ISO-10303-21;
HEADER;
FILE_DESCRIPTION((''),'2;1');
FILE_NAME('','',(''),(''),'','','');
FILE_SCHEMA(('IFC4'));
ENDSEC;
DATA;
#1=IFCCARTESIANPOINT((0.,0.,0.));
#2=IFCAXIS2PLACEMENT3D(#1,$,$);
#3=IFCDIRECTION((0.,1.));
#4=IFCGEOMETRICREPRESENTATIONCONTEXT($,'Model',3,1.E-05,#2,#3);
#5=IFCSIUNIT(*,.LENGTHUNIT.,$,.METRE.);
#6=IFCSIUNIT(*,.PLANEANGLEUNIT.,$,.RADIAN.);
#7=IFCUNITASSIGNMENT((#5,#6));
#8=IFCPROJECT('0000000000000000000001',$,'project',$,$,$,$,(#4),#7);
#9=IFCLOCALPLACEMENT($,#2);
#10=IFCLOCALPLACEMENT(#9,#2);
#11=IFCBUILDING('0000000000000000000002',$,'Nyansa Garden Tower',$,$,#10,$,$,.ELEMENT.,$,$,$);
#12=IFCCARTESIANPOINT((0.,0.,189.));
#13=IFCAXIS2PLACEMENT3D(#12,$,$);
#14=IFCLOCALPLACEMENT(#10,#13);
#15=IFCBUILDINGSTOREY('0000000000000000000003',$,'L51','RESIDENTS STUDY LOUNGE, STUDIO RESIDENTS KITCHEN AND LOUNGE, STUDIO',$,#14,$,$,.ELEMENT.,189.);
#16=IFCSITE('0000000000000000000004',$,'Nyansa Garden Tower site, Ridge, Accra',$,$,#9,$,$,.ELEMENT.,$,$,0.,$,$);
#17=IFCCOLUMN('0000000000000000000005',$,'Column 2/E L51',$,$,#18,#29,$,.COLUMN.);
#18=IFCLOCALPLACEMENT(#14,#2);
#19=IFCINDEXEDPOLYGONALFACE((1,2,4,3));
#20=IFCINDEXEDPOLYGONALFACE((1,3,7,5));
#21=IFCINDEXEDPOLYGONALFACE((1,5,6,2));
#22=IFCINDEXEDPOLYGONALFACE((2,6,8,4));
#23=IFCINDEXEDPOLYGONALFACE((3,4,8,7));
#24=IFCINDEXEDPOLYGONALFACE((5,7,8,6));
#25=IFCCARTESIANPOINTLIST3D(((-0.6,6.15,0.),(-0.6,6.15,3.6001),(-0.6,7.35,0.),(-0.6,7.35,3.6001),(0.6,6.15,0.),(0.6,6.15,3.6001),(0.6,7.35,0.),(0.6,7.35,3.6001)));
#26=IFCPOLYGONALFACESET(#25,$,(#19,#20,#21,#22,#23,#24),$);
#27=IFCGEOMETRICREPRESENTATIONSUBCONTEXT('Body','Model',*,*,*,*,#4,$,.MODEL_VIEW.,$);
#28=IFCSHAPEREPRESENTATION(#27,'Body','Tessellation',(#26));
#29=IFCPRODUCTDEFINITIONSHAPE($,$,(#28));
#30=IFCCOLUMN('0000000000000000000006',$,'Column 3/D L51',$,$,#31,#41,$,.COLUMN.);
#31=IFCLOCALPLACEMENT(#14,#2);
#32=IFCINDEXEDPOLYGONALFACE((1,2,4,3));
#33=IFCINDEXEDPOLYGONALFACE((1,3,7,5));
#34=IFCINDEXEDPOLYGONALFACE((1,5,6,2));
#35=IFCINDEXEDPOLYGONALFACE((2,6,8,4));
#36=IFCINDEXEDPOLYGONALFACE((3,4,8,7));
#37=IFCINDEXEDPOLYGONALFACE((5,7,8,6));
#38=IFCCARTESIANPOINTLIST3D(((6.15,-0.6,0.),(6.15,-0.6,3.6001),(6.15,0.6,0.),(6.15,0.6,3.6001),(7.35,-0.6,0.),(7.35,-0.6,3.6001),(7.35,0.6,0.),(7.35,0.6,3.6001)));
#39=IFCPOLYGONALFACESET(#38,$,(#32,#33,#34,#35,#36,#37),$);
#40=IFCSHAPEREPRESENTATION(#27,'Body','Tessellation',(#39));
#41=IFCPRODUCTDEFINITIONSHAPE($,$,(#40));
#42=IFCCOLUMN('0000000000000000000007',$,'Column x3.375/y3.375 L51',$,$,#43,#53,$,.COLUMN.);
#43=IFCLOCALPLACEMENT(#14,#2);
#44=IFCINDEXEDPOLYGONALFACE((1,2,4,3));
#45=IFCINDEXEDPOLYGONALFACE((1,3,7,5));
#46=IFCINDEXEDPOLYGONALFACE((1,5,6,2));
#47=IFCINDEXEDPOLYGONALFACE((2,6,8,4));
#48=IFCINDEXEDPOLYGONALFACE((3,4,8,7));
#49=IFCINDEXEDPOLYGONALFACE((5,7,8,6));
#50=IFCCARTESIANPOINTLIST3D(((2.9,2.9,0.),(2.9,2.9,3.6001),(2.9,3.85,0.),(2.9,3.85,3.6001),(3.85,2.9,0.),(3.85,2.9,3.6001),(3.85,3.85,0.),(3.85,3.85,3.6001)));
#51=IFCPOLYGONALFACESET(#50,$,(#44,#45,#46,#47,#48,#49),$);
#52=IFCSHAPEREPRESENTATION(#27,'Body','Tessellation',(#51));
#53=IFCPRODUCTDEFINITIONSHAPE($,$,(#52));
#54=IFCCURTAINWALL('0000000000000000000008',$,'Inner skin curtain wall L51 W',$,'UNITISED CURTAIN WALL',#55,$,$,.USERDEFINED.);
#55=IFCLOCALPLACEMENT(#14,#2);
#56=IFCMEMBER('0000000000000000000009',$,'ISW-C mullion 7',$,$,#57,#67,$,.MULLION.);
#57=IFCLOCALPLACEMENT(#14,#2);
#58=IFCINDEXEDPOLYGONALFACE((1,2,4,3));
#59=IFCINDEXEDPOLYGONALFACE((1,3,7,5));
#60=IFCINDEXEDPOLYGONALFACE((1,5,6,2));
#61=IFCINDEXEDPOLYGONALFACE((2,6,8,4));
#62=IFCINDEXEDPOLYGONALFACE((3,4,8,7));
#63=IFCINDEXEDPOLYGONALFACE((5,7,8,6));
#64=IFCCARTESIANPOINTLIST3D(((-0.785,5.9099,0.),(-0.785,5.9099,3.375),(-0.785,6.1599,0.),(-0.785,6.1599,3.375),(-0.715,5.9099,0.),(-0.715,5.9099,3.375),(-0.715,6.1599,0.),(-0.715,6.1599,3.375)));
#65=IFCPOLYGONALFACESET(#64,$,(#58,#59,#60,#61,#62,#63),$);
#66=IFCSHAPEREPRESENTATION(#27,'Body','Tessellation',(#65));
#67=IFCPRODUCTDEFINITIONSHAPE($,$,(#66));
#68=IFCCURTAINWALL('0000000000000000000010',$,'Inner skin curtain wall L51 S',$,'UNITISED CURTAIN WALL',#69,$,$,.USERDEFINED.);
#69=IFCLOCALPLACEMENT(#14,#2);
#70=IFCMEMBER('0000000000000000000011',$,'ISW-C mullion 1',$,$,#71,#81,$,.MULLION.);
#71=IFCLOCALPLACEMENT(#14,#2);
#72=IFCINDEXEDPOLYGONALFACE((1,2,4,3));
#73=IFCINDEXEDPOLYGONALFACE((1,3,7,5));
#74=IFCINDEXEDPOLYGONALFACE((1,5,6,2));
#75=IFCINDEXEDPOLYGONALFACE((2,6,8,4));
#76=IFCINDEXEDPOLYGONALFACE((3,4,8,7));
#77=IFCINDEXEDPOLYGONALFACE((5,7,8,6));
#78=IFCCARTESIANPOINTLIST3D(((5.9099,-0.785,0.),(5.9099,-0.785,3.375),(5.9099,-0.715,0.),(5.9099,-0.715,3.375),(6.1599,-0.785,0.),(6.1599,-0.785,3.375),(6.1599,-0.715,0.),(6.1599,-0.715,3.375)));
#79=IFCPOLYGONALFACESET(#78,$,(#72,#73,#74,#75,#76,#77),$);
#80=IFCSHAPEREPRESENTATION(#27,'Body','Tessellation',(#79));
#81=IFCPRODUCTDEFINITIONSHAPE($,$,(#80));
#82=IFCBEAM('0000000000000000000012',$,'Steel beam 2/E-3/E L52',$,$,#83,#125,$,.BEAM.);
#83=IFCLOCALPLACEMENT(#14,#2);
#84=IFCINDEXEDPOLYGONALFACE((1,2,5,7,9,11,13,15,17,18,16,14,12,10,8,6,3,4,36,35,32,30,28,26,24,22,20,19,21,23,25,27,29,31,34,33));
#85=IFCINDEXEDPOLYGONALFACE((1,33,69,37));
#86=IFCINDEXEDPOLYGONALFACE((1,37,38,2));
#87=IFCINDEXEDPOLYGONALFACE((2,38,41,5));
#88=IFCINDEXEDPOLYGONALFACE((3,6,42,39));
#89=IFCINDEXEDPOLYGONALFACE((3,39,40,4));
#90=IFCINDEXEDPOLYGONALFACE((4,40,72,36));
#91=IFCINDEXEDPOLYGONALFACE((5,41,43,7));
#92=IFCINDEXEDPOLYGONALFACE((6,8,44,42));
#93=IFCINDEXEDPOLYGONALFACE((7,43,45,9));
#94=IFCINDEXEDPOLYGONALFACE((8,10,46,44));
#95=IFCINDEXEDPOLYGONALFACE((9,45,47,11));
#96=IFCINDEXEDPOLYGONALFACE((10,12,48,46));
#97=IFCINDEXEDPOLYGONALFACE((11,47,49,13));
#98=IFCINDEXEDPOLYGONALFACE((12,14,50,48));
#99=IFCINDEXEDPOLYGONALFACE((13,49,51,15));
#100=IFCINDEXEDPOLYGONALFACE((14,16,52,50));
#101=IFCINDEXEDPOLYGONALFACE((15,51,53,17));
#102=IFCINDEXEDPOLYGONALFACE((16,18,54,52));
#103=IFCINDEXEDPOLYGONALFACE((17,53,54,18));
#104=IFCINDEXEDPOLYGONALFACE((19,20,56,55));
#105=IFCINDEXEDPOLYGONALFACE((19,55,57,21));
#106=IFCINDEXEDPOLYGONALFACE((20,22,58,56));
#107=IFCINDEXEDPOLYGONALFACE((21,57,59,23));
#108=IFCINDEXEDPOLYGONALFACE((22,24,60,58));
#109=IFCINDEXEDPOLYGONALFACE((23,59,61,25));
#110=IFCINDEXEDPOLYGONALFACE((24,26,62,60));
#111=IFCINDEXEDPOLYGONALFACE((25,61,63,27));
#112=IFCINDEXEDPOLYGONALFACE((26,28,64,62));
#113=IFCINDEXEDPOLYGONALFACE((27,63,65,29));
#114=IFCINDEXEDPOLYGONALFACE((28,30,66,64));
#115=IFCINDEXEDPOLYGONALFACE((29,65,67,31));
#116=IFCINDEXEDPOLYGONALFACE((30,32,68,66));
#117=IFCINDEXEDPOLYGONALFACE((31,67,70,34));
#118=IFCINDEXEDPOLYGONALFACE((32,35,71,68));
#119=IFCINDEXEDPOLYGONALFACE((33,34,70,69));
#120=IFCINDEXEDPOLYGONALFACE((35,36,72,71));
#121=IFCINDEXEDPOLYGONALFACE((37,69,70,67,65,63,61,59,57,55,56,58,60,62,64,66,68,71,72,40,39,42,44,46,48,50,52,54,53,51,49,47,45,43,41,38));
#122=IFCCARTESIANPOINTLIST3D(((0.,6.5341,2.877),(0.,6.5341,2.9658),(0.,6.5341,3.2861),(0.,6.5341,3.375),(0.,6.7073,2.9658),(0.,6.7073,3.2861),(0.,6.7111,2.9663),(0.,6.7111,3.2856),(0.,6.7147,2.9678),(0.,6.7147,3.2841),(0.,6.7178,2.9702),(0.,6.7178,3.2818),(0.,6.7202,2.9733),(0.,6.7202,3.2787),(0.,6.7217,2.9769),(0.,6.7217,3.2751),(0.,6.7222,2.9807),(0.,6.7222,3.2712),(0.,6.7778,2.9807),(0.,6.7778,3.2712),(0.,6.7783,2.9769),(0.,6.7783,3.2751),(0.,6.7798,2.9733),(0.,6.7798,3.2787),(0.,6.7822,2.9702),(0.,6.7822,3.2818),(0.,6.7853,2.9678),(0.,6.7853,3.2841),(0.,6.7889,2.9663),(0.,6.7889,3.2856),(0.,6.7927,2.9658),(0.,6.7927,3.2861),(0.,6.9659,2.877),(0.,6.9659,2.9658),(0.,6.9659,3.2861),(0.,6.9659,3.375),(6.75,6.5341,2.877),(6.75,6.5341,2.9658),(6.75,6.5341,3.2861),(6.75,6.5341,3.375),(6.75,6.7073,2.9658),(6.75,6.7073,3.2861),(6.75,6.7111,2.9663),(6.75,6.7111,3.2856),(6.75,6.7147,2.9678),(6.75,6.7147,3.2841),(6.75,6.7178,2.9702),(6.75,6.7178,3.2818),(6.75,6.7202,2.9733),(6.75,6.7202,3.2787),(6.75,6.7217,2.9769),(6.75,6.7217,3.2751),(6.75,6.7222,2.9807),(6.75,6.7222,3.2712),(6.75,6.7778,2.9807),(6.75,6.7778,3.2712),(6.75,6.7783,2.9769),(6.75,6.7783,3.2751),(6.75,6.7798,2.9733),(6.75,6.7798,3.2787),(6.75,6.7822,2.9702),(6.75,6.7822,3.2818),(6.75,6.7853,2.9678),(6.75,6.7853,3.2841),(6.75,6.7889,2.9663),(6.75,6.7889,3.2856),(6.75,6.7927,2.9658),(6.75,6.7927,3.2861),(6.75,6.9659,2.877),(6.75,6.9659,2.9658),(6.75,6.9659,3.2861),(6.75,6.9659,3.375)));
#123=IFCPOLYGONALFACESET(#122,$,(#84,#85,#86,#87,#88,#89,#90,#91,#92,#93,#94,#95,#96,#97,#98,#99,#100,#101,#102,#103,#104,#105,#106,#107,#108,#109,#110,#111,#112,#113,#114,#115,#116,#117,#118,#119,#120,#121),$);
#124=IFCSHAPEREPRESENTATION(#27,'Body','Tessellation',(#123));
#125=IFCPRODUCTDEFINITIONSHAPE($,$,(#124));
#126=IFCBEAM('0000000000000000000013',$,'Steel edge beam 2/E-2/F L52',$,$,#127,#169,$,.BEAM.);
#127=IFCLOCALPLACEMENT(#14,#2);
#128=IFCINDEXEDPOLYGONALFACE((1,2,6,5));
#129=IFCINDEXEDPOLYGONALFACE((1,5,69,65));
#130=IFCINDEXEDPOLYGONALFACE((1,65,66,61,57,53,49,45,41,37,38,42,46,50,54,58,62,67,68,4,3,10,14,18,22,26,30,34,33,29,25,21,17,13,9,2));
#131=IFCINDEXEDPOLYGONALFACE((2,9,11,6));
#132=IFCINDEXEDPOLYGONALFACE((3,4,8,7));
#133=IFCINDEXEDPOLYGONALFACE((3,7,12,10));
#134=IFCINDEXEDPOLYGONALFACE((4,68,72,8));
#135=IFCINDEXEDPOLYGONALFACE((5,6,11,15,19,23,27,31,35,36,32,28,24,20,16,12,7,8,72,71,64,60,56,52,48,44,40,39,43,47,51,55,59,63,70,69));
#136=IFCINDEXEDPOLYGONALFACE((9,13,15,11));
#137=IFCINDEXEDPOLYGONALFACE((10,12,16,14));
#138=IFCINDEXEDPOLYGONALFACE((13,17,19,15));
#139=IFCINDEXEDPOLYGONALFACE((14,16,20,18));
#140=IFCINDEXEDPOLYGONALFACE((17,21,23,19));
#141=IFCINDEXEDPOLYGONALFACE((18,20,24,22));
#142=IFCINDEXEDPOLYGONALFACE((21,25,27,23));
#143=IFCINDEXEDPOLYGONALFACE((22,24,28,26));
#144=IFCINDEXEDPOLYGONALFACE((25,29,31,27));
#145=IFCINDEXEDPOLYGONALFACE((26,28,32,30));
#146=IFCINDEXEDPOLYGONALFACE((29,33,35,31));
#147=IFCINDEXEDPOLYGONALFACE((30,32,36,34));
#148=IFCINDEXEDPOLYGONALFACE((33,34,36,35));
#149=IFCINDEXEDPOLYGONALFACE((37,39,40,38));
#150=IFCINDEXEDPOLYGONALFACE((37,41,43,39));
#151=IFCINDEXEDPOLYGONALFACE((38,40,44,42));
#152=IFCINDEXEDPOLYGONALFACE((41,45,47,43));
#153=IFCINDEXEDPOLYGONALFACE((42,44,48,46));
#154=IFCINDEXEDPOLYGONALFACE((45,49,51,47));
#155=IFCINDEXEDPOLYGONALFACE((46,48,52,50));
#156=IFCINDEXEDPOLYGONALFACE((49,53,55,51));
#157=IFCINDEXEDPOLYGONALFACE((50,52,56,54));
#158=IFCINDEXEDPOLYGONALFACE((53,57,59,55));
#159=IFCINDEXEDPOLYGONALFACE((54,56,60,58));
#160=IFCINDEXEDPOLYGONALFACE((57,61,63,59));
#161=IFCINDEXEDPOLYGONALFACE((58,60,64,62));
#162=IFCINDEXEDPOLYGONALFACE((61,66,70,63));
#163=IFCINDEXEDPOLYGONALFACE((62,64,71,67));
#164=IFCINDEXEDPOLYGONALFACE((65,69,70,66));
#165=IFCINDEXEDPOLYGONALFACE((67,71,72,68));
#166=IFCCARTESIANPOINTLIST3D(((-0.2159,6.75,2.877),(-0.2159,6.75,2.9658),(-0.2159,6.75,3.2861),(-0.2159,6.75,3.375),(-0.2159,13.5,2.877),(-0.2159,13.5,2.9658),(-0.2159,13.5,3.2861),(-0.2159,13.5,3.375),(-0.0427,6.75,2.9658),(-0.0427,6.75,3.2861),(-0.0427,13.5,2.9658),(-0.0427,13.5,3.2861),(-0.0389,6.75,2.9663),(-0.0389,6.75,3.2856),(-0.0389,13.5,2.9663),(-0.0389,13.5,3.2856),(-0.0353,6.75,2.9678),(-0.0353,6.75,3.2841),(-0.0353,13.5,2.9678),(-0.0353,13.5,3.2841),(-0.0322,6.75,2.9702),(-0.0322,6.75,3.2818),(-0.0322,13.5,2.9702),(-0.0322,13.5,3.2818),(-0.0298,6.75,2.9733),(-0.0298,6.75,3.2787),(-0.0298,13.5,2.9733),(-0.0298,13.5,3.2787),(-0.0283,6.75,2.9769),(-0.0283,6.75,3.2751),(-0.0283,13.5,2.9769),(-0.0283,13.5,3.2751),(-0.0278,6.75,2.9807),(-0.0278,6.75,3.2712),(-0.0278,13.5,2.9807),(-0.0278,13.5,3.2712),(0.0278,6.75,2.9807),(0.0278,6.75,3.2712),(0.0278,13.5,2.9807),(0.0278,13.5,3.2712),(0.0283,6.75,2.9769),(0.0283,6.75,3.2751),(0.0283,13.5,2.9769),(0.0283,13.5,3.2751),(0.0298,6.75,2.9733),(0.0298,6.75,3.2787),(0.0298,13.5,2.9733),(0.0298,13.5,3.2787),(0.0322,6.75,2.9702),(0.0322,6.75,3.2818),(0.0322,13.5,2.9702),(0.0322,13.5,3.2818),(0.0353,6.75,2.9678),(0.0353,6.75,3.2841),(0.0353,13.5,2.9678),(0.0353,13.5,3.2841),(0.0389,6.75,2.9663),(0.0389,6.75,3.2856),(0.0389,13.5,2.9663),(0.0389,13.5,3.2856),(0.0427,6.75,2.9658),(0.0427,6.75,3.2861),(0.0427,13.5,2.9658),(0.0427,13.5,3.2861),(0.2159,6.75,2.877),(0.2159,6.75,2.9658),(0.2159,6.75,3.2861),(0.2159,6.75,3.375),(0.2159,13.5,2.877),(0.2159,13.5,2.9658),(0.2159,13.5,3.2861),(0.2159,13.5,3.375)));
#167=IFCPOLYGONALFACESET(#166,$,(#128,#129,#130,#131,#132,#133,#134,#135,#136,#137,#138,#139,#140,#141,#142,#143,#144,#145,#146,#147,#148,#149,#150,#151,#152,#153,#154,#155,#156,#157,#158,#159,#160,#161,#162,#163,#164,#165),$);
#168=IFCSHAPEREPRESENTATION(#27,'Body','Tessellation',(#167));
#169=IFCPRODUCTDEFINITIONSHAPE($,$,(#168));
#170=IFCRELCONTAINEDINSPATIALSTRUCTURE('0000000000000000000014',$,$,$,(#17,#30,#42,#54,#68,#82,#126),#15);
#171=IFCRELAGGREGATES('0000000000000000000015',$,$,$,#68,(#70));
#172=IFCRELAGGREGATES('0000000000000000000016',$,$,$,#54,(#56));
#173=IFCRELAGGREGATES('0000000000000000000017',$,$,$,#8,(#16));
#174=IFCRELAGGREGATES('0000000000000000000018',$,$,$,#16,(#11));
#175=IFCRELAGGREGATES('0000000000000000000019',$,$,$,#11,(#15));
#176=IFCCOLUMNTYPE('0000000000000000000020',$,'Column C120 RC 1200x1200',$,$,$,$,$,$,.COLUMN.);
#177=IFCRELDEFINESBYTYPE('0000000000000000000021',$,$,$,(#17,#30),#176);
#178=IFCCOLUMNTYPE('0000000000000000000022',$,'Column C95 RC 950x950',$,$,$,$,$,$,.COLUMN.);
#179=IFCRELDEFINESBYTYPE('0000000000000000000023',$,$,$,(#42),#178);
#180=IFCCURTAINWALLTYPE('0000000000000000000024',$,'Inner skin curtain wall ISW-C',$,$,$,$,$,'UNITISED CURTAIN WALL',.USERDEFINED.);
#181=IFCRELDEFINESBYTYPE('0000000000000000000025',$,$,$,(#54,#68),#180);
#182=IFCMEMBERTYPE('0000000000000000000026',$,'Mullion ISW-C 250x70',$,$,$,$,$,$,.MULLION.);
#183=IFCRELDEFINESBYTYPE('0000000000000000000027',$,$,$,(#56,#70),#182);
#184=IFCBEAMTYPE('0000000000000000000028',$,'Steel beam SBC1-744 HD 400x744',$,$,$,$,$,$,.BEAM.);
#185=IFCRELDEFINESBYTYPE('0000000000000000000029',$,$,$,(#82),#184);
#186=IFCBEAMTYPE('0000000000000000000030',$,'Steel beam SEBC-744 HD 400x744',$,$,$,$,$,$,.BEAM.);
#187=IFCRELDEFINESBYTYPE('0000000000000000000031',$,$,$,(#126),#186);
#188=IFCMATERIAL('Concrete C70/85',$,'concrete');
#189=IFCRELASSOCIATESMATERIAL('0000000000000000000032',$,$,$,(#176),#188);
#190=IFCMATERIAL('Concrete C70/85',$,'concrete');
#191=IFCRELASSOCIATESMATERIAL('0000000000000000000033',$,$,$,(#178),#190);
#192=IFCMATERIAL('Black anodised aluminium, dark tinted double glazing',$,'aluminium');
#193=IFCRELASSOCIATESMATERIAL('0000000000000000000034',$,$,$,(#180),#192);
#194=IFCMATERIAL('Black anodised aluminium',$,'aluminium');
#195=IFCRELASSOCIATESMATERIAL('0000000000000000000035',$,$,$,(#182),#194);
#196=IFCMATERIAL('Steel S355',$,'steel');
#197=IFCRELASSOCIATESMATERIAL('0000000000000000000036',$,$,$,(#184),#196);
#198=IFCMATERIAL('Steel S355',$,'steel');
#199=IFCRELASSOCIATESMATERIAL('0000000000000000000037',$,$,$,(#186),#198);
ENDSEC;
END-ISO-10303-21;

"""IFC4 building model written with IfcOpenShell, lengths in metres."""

from ifc_helpers import new_model, si_unit, direction, frame, origin, origin_2d, place, context, subcontext, project, spatial, rectangle, i_section, extrude, material, material_profile, profile_set, type_object, element, aggregate, save


model = new_model("IFC4")

# Units and contexts
model_context = context("Model", 3, precision=1e-05, world=origin(), true_north=direction((0.0, 1.0)))
body_context = subcontext(model_context, "Body", "Model", "MODEL_VIEW")
ifc_project = project(units=[si_unit("LENGTHUNIT", "METRE"), si_unit("PLANEANGLEUNIT", "RADIAN")], contexts=[model_context])

# Site, building, storey
site_placement = place(None, origin())
site = spatial("IfcSite", under=ifc_project, at=site_placement, Name="Nyansa Garden Tower site, Ridge, Accra", CompositionType="ELEMENT", RefElevation=0.0)
building_placement = place(site_placement, origin())
building = spatial("IfcBuilding", under=site, at=building_placement, Name="Nyansa Garden Tower", CompositionType="ELEMENT")
storey_placement = place(building_placement, frame((0.0, 0.0, 189.0)))
storey = spatial("IfcBuildingStorey", under=building, at=storey_placement, Name="L51", Description="RESIDENTS STUDY LOUNGE, STUDIO RESIDENTS KITCHEN AND LOUNGE, STUDIO", CompositionType="ELEMENT", Elevation=189.0)

# Columns
ifc_material_1 = material(Name="Concrete C70/85", Category="concrete")
ifc_material_profile_1 = material_profile(ifc_material_1, rectangle(XDim=1.2, YDim=1.2, at=origin_2d()), Name="RC 1200x1200")
ifc_profile_set_1 = profile_set([ifc_material_profile_1], Name="Concrete C70/85")
column_type_1 = type_object("IfcColumnType", Name="Column C120 RC 1200x1200", PredefinedType="COLUMN", material=ifc_profile_set_1)
for number, where, z_axis, x_axis, name in (
    (1, (0.0, 6.75, 0.0), (0.0, 0.0, 1.0), (1.0, 0.0, 0.0), "Column 2/E L51"),
    (2, (6.75, 0.0, 0.0), (0.0, 0.0, 1.0), (1.0, 0.0, 0.0), "Column 3/D L51"),
):
    element("IfcColumn", number, at=place(storey_placement, frame(where, z_axis=z_axis, x_axis=x_axis)), inside=storey, type_object=column_type_1, Name=name, PredefinedType="COLUMN", context=body_context, shape_type="SweptSolid", body=[
        extrude(rectangle(XDim=1.2, YDim=1.2, at=origin_2d()), origin(), (0.0, 0.0, 1.0), 3.6001),
    ])
ifc_material_2 = material(Name="Concrete C70/85", Category="concrete")
ifc_material_profile_2 = material_profile(ifc_material_2, rectangle(XDim=0.95, YDim=0.95, at=origin_2d()), Name="RC 950x950")
ifc_profile_set_2 = profile_set([ifc_material_profile_2], Name="Concrete C70/85")
column_type_2 = type_object("IfcColumnType", Name="Column C95 RC 950x950", PredefinedType="COLUMN", material=ifc_profile_set_2)
column_placement = place(storey_placement, frame((3.375, 3.375, 0.0), z_axis=(0.0, 0.0, 1.0), x_axis=(1.0, 0.0, 0.0)))
element("IfcColumn", 3, at=column_placement, inside=storey, type_object=column_type_2, Name="Column x3.375/y3.375 L51", PredefinedType="COLUMN", context=body_context, shape_type="SweptSolid", body=[
    extrude(rectangle(XDim=0.95, YDim=0.95, at=origin_2d()), origin(), (0.0, 0.0, 1.0), 3.6001),
])

# Curtain walls, members
ifc_material_3 = material(Name="Black anodised aluminium, dark tinted double glazing", Category="aluminium")
curtain_wall_type = type_object("IfcCurtainWallType", Name="Inner skin curtain wall ISW-C", ElementType="UNITISED CURTAIN WALL", PredefinedType="USERDEFINED", material=ifc_material_3)
curtain_wall_1_placement = place(storey_placement, origin())
curtain_wall_1 = element("IfcCurtainWall", 4, at=curtain_wall_1_placement, inside=storey, type_object=curtain_wall_type, Name="Inner skin curtain wall L51 W", ObjectType="UNITISED CURTAIN WALL", PredefinedType="USERDEFINED")
ifc_material_4 = material(Name="Black anodised aluminium", Category="aluminium")
ifc_material_profile_3 = material_profile(ifc_material_4, rectangle(XDim=0.0701, YDim=0.25, at=origin_2d()), Name="Mullion 250x70")
ifc_profile_set_3 = profile_set([ifc_material_profile_3], Name="Black anodised aluminium")
member_type_1 = type_object("IfcMemberType", Name="Mullion ISW-C 250x70", PredefinedType="MULLION", material=ifc_profile_set_3)
member_1_placement = place(storey_placement, frame((-0.75, 6.0349, 0.0), z_axis=(0.0, 0.0, 1.0), x_axis=(1.0, 0.0, 0.0)))
member_1 = element("IfcMember", 5, at=member_1_placement, type_object=member_type_1, Name="ISW-C mullion 7", PredefinedType="MULLION", context=body_context, shape_type="SweptSolid", body=[
    extrude(rectangle(XDim=0.0701, YDim=0.25, at=origin_2d()), origin(), (0.0, 0.0, 1.0), 3.375),
])
curtain_wall_2_placement = place(storey_placement, origin())
curtain_wall_2 = element("IfcCurtainWall", 6, at=curtain_wall_2_placement, inside=storey, type_object=curtain_wall_type, Name="Inner skin curtain wall L51 S", ObjectType="UNITISED CURTAIN WALL", PredefinedType="USERDEFINED")
member_2_placement = place(storey_placement, frame((6.0349, -0.75, 0.0), z_axis=(0.0, 0.0, 1.0), x_axis=(0.0, 1.0, 0.0)))
member_2 = element("IfcMember", 7, at=member_2_placement, type_object=member_type_1, Name="ISW-C mullion 1", PredefinedType="MULLION", context=body_context, shape_type="SweptSolid", body=[
    extrude(rectangle(XDim=0.0701, YDim=0.25, at=origin_2d()), origin(), (0.0, 0.0, 1.0), 3.375),
])

# Beams
ifc_material_5 = material(Name="Steel S355", Category="steel")
ifc_material_profile_4 = material_profile(ifc_material_5, i_section(OverallWidth=0.4319, OverallDepth=0.498, WebThickness=0.0557, FlangeThickness=0.0889, FilletRadius=0.0149, at=origin_2d()), Name="HD 400x744")
ifc_profile_set_4 = profile_set([ifc_material_profile_4], Name="Steel S355")
beam_type_1 = type_object("IfcBeamType", Name="Steel beam SBC1-744 HD 400x744", PredefinedType="BEAM", material=ifc_profile_set_4)
beam_1_placement = place(storey_placement, frame((0.0, 6.75, 3.126), z_axis=(1.0, 0.0, 0.0), x_axis=(0.0, 1.0, 0.0)))
element("IfcBeam", 8, at=beam_1_placement, inside=storey, type_object=beam_type_1, Name="Steel beam 2/E-3/E L52", PredefinedType="BEAM", context=body_context, shape_type="SweptSolid", body=[
    extrude(i_section(OverallWidth=0.4319, OverallDepth=0.498, WebThickness=0.0557, FlangeThickness=0.0889, FilletRadius=0.0149, at=origin_2d()), origin(), (0.0, 0.0, 1.0), 6.75),
])
ifc_material_6 = material(Name="Steel S355", Category="steel")
ifc_material_profile_5 = material_profile(ifc_material_6, i_section(OverallWidth=0.4319, OverallDepth=0.498, WebThickness=0.0557, FlangeThickness=0.0889, FilletRadius=0.0149, at=origin_2d()), Name="HD 400x744")
ifc_profile_set_5 = profile_set([ifc_material_profile_5], Name="Steel S355")
beam_type_2 = type_object("IfcBeamType", Name="Steel beam SEBC-744 HD 400x744", PredefinedType="BEAM", material=ifc_profile_set_5)
beam_2_placement = place(storey_placement, frame((0.0, 6.75, 3.126), z_axis=(0.0, 1.0, 0.0), x_axis=(-1.0, 0.0, 0.0)))
element("IfcBeam", 9, at=beam_2_placement, inside=storey, type_object=beam_type_2, Name="Steel edge beam 2/E-2/F L52", PredefinedType="BEAM", context=body_context, shape_type="SweptSolid", body=[
    extrude(i_section(OverallWidth=0.4319, OverallDepth=0.498, WebThickness=0.0557, FlangeThickness=0.0889, FilletRadius=0.0149, at=origin_2d()), origin(), (0.0, 0.0, 1.0), 6.75),
])

aggregate(curtain_wall_2, [member_2])

aggregate(curtain_wall_1, [member_1])

save(model, "model.ifc")
